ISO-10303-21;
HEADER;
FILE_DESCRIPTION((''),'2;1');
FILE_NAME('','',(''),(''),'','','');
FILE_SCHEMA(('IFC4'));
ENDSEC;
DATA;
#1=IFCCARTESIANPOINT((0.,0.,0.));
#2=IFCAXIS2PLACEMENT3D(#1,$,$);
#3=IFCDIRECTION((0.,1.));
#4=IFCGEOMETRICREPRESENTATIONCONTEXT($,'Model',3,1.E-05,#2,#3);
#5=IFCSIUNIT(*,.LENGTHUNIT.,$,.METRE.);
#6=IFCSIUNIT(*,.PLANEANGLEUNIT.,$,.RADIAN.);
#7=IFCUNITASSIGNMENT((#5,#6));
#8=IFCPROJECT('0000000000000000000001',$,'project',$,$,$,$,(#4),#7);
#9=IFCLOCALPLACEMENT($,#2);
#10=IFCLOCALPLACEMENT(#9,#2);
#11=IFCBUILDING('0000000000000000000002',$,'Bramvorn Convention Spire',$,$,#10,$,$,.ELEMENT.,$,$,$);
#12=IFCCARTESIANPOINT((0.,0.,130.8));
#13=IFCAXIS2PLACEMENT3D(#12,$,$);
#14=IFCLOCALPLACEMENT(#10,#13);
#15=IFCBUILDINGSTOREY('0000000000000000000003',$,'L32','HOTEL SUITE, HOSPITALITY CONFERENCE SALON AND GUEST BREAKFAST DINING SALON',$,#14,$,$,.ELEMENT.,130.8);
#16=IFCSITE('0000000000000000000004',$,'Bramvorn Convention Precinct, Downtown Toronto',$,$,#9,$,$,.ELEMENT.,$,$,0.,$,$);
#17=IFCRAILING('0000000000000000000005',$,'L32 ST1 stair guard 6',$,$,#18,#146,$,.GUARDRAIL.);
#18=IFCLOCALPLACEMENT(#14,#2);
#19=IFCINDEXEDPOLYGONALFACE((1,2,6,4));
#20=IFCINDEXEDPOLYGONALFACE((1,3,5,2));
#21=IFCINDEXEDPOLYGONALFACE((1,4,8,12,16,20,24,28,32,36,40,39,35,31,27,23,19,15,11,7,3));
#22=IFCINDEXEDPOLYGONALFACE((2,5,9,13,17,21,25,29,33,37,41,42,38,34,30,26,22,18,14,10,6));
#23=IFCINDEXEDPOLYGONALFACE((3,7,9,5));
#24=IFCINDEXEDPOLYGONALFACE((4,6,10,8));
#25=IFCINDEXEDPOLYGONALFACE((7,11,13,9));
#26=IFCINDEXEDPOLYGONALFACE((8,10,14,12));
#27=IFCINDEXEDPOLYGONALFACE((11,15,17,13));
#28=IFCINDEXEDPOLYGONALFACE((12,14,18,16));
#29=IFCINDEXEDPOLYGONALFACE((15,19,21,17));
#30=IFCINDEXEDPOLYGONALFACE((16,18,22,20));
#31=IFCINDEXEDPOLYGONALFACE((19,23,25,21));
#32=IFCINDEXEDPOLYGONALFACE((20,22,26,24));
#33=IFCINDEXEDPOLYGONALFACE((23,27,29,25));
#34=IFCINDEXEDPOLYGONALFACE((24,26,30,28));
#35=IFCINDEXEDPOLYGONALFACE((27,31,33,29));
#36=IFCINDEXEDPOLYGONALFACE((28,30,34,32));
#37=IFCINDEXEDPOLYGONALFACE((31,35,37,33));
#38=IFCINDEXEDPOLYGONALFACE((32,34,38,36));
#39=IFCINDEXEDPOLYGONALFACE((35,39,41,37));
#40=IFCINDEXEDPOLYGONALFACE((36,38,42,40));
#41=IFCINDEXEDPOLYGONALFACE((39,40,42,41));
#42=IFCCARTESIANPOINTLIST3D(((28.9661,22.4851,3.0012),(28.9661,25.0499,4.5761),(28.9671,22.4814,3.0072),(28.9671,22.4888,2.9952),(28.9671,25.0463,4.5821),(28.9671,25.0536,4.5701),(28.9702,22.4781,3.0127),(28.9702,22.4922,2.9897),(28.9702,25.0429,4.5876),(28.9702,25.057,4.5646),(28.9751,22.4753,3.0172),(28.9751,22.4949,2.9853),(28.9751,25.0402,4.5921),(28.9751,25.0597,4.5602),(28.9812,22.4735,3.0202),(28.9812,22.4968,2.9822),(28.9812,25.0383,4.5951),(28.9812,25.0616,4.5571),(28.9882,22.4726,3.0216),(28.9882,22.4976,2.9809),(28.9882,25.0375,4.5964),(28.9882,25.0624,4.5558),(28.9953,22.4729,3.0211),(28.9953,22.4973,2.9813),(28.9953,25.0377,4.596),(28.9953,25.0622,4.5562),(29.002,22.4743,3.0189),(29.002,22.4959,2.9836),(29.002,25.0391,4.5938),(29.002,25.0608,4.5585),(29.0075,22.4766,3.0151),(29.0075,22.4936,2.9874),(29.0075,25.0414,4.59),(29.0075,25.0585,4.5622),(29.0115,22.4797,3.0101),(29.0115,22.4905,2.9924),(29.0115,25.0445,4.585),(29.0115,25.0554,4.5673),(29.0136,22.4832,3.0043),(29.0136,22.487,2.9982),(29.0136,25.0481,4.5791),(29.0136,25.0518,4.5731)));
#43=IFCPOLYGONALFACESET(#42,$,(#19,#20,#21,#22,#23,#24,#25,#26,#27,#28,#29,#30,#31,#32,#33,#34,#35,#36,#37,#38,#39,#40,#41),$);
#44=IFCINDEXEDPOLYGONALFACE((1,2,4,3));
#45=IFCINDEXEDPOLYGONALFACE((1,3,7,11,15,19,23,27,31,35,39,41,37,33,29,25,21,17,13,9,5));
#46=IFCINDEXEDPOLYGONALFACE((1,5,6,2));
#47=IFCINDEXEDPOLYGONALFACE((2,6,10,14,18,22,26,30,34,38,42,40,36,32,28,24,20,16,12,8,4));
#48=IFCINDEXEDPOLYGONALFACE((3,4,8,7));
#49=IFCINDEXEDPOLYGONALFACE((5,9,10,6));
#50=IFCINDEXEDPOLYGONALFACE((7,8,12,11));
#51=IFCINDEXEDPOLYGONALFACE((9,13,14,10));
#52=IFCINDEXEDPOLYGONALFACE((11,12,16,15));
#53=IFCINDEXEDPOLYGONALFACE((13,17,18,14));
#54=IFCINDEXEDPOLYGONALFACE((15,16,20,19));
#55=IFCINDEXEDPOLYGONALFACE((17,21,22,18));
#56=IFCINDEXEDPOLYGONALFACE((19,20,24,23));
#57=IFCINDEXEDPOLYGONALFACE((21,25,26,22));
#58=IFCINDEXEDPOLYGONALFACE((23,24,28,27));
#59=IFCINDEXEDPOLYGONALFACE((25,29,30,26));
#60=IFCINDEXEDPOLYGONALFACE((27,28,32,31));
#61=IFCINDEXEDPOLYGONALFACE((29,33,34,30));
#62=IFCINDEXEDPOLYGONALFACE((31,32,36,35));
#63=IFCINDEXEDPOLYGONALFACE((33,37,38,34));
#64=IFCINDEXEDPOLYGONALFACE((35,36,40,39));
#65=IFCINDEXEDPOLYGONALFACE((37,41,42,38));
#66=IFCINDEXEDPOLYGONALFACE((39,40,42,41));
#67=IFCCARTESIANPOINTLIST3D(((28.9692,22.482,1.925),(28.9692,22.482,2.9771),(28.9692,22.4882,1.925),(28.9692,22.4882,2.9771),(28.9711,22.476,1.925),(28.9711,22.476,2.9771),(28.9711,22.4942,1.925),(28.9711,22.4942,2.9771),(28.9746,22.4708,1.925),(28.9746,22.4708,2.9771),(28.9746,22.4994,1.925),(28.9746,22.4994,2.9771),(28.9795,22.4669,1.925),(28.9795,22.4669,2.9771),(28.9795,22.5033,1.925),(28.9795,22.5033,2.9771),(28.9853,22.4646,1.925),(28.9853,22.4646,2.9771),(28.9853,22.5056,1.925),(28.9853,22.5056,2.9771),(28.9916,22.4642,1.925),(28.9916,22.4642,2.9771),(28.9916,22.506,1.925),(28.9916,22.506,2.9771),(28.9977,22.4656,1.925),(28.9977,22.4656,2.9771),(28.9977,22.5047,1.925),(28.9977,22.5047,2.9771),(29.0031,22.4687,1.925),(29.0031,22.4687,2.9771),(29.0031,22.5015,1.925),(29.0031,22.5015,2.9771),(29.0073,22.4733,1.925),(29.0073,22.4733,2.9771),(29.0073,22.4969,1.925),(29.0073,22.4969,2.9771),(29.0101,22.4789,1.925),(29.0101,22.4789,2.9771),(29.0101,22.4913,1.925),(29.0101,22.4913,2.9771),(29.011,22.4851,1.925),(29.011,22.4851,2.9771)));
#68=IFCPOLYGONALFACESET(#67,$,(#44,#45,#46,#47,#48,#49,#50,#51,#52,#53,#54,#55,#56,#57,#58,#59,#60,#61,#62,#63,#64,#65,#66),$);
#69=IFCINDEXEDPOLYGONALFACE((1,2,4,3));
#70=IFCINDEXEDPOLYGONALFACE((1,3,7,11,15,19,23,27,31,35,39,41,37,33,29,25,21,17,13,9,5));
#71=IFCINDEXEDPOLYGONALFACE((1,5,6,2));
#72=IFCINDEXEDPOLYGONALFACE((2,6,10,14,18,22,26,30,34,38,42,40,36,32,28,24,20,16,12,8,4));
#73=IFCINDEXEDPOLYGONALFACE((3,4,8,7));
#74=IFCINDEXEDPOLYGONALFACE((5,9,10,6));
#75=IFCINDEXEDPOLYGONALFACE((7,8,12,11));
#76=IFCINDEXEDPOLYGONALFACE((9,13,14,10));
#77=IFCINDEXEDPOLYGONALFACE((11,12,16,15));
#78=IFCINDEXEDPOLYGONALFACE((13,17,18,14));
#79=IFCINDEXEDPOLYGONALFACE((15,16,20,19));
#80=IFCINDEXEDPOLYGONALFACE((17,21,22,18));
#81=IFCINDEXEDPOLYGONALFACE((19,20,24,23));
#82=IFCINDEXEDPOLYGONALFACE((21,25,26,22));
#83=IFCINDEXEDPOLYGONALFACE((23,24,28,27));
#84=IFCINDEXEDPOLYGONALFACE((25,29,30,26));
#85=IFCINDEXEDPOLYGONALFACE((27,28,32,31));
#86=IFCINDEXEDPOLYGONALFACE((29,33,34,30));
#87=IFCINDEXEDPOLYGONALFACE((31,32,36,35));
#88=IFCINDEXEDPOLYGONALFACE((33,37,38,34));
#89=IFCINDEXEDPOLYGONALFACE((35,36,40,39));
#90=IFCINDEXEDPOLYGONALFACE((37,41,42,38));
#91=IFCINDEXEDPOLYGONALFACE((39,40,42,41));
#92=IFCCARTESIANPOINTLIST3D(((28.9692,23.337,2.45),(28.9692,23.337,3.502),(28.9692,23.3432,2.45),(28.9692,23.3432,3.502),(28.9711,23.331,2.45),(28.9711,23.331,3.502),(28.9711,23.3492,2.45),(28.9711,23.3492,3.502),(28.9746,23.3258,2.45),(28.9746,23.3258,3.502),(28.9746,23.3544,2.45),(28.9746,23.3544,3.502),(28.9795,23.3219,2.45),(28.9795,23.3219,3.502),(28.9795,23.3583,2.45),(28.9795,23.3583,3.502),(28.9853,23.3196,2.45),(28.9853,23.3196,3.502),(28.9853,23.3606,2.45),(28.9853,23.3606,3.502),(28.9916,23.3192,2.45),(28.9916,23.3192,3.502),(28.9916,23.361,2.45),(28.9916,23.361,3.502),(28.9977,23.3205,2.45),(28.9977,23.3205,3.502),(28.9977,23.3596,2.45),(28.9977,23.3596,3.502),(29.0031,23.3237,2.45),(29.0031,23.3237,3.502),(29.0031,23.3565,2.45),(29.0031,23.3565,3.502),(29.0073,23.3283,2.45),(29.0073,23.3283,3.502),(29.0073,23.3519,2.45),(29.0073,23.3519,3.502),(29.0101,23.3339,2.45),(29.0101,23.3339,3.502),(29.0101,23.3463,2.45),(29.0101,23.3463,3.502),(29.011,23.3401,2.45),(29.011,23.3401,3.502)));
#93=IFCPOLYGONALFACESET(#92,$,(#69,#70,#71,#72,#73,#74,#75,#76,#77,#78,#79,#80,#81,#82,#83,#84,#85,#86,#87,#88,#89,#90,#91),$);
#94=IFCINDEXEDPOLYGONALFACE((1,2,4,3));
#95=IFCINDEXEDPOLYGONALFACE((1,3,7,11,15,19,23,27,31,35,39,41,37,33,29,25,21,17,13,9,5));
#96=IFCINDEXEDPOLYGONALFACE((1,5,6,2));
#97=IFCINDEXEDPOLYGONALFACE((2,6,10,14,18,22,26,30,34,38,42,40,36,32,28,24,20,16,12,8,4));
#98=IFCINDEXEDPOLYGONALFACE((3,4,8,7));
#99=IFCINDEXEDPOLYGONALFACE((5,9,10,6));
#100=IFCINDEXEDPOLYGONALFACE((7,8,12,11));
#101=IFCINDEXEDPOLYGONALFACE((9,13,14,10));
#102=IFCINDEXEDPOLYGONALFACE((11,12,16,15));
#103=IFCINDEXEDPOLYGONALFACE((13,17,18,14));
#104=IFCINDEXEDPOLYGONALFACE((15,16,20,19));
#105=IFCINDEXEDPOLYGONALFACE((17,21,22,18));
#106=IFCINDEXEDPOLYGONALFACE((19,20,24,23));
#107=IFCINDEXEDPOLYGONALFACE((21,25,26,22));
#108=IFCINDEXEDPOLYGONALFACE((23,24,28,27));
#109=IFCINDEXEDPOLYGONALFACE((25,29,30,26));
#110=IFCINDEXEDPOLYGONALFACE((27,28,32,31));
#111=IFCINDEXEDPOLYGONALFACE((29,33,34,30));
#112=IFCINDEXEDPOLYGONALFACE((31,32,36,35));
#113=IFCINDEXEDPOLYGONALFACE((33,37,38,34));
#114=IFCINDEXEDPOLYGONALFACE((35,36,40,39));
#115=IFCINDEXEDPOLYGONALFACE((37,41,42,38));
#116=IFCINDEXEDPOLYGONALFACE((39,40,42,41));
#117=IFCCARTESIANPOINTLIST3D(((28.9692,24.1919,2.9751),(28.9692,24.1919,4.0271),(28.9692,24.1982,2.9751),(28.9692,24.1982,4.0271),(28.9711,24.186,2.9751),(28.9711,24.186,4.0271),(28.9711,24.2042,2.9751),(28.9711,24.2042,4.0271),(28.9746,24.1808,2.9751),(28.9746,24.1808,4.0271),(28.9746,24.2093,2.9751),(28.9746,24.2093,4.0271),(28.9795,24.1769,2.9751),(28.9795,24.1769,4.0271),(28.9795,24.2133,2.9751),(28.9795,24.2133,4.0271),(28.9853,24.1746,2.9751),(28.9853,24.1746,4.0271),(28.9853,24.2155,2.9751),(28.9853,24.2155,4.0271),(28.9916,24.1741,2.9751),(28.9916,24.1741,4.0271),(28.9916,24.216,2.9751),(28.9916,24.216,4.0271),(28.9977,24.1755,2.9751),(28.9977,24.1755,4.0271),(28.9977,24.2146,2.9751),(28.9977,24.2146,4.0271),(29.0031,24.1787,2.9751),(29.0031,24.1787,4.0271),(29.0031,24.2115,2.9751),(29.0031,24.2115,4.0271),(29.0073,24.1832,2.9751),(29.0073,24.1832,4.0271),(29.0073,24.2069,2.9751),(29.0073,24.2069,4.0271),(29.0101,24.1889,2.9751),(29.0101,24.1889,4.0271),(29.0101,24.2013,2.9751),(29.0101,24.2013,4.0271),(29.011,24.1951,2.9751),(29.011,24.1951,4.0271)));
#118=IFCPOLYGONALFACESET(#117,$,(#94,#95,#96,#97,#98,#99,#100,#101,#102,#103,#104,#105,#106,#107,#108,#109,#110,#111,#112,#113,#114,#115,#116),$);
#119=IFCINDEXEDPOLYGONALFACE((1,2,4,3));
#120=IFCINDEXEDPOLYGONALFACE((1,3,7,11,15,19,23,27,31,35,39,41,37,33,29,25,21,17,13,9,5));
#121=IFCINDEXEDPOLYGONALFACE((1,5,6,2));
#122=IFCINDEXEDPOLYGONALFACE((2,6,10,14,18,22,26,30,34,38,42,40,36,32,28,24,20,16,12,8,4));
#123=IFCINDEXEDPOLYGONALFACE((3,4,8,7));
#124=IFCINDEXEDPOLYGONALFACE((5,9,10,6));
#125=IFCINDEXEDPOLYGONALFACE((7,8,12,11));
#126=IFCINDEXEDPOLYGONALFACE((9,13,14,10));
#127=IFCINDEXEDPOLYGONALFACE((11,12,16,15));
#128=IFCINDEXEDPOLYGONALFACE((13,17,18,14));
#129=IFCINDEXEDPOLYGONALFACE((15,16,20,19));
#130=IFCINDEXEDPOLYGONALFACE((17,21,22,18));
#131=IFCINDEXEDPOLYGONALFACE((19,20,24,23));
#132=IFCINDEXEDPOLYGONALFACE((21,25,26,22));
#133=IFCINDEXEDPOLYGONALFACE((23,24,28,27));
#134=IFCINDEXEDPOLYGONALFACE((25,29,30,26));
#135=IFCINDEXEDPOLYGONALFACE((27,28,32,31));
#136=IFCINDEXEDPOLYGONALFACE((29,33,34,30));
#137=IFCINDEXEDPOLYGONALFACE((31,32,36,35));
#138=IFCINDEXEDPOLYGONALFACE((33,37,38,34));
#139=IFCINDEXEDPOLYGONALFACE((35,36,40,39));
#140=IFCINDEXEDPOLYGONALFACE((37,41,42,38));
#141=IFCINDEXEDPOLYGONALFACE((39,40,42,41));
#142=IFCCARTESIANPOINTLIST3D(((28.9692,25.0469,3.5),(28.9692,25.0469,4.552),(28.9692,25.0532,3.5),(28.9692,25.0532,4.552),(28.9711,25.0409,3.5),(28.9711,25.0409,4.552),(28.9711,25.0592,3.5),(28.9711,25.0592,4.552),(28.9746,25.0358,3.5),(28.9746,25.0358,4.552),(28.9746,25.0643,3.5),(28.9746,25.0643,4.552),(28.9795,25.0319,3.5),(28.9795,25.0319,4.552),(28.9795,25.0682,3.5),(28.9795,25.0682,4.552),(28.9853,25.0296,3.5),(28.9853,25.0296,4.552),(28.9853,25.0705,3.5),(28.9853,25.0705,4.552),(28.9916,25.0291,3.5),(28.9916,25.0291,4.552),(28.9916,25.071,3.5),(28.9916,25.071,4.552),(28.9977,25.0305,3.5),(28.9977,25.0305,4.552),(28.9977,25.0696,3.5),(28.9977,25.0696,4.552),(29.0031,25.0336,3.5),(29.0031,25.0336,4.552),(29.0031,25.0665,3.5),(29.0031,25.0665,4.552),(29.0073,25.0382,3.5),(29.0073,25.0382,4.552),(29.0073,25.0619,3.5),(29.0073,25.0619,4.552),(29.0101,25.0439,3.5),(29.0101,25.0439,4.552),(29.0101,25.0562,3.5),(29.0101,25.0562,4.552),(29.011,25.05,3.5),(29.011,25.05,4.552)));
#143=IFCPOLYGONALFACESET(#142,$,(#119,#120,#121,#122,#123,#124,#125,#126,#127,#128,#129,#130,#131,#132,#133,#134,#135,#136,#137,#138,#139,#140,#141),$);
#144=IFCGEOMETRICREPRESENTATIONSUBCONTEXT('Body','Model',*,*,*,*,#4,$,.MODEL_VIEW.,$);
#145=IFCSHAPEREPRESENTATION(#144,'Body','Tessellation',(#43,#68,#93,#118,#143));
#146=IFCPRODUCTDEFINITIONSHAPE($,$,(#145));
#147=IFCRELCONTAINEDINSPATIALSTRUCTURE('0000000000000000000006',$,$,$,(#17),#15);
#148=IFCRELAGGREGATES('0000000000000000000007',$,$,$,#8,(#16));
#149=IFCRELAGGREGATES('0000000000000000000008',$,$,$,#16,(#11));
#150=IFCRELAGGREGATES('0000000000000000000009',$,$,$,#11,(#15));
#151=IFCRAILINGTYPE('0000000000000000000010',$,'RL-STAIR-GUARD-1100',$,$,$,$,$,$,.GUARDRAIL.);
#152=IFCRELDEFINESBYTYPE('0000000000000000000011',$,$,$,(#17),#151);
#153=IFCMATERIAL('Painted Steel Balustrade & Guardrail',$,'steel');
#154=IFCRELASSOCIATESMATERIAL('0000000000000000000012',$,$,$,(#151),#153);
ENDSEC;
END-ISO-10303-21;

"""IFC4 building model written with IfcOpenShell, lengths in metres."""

from ifc_helpers import new_model, si_unit, direction, frame, origin, origin_2d, place, context, subcontext, project, spatial, circle, extrude, material, type_object, element, save


model = new_model("IFC4")

# Units and contexts
model_context = context("Model", 3, precision=1e-05, world=origin(), true_north=direction((0.0, 1.0)))
body_context = subcontext(model_context, "Body", "Model", "MODEL_VIEW")
ifc_project = project(units=[si_unit("LENGTHUNIT", "METRE"), si_unit("PLANEANGLEUNIT", "RADIAN")], contexts=[model_context])

# Site, building, storey
site_placement = place(None, origin())
site = spatial("IfcSite", under=ifc_project, at=site_placement, Name="Bramvorn Convention Precinct, Downtown Toronto", CompositionType="ELEMENT", RefElevation=0.0)
building_placement = place(site_placement, origin())
building = spatial("IfcBuilding", under=site, at=building_placement, Name="Bramvorn Convention Spire", CompositionType="ELEMENT")
storey_placement = place(building_placement, frame((0.0, 0.0, 130.8)))
storey = spatial("IfcBuildingStorey", under=building, at=storey_placement, Name="L32", Description="HOTEL SUITE, HOSPITALITY CONFERENCE SALON AND GUEST BREAKFAST DINING SALON", CompositionType="ELEMENT", Elevation=130.8)

# Railing
ifc_material_1 = material(Name="Painted Steel Balustrade & Guardrail", Category="steel")
railing_type_1 = type_object("IfcRailingType", Name="RL-STAIR-GUARD-1100", PredefinedType="GUARDRAIL", material=ifc_material_1)
railing_1_placement = place(storey_placement, frame((28.99, 22.4851, 1.925)))
element("IfcRailing", 1, at=railing_1_placement, inside=storey, type_object=railing_type_1, Name="L32 ST1 stair guard 6", PredefinedType="GUARDRAIL", context=body_context, shape_type="SweptSolid", body=[
    extrude(circle(Radius=0.0239, at=origin_2d()), frame((0.0, 0.0, 1.0762), z_axis=(0.0, 0.852173, 0.52326), x_axis=(-1.0, 0.0, 0.0)), (0.0, 0.0, 1.0), 3.0098),
    extrude(circle(Radius=0.021, at=origin_2d()), origin(), (0.0, 0.0, 1.0), 1.052),
    extrude(circle(Radius=0.021, at=origin_2d()), frame((0.0, 0.855, 0.5249)), (0.0, 0.0, 1.0), 1.052),
    extrude(circle(Radius=0.021, at=origin_2d()), frame((0.0, 1.71, 1.05)), (0.0, 0.0, 1.0), 1.052),
    extrude(circle(Radius=0.021, at=origin_2d()), frame((0.0, 2.5649, 1.575)), (0.0, 0.0, 1.0), 1.052),
])

save(model, "model.ifc")
